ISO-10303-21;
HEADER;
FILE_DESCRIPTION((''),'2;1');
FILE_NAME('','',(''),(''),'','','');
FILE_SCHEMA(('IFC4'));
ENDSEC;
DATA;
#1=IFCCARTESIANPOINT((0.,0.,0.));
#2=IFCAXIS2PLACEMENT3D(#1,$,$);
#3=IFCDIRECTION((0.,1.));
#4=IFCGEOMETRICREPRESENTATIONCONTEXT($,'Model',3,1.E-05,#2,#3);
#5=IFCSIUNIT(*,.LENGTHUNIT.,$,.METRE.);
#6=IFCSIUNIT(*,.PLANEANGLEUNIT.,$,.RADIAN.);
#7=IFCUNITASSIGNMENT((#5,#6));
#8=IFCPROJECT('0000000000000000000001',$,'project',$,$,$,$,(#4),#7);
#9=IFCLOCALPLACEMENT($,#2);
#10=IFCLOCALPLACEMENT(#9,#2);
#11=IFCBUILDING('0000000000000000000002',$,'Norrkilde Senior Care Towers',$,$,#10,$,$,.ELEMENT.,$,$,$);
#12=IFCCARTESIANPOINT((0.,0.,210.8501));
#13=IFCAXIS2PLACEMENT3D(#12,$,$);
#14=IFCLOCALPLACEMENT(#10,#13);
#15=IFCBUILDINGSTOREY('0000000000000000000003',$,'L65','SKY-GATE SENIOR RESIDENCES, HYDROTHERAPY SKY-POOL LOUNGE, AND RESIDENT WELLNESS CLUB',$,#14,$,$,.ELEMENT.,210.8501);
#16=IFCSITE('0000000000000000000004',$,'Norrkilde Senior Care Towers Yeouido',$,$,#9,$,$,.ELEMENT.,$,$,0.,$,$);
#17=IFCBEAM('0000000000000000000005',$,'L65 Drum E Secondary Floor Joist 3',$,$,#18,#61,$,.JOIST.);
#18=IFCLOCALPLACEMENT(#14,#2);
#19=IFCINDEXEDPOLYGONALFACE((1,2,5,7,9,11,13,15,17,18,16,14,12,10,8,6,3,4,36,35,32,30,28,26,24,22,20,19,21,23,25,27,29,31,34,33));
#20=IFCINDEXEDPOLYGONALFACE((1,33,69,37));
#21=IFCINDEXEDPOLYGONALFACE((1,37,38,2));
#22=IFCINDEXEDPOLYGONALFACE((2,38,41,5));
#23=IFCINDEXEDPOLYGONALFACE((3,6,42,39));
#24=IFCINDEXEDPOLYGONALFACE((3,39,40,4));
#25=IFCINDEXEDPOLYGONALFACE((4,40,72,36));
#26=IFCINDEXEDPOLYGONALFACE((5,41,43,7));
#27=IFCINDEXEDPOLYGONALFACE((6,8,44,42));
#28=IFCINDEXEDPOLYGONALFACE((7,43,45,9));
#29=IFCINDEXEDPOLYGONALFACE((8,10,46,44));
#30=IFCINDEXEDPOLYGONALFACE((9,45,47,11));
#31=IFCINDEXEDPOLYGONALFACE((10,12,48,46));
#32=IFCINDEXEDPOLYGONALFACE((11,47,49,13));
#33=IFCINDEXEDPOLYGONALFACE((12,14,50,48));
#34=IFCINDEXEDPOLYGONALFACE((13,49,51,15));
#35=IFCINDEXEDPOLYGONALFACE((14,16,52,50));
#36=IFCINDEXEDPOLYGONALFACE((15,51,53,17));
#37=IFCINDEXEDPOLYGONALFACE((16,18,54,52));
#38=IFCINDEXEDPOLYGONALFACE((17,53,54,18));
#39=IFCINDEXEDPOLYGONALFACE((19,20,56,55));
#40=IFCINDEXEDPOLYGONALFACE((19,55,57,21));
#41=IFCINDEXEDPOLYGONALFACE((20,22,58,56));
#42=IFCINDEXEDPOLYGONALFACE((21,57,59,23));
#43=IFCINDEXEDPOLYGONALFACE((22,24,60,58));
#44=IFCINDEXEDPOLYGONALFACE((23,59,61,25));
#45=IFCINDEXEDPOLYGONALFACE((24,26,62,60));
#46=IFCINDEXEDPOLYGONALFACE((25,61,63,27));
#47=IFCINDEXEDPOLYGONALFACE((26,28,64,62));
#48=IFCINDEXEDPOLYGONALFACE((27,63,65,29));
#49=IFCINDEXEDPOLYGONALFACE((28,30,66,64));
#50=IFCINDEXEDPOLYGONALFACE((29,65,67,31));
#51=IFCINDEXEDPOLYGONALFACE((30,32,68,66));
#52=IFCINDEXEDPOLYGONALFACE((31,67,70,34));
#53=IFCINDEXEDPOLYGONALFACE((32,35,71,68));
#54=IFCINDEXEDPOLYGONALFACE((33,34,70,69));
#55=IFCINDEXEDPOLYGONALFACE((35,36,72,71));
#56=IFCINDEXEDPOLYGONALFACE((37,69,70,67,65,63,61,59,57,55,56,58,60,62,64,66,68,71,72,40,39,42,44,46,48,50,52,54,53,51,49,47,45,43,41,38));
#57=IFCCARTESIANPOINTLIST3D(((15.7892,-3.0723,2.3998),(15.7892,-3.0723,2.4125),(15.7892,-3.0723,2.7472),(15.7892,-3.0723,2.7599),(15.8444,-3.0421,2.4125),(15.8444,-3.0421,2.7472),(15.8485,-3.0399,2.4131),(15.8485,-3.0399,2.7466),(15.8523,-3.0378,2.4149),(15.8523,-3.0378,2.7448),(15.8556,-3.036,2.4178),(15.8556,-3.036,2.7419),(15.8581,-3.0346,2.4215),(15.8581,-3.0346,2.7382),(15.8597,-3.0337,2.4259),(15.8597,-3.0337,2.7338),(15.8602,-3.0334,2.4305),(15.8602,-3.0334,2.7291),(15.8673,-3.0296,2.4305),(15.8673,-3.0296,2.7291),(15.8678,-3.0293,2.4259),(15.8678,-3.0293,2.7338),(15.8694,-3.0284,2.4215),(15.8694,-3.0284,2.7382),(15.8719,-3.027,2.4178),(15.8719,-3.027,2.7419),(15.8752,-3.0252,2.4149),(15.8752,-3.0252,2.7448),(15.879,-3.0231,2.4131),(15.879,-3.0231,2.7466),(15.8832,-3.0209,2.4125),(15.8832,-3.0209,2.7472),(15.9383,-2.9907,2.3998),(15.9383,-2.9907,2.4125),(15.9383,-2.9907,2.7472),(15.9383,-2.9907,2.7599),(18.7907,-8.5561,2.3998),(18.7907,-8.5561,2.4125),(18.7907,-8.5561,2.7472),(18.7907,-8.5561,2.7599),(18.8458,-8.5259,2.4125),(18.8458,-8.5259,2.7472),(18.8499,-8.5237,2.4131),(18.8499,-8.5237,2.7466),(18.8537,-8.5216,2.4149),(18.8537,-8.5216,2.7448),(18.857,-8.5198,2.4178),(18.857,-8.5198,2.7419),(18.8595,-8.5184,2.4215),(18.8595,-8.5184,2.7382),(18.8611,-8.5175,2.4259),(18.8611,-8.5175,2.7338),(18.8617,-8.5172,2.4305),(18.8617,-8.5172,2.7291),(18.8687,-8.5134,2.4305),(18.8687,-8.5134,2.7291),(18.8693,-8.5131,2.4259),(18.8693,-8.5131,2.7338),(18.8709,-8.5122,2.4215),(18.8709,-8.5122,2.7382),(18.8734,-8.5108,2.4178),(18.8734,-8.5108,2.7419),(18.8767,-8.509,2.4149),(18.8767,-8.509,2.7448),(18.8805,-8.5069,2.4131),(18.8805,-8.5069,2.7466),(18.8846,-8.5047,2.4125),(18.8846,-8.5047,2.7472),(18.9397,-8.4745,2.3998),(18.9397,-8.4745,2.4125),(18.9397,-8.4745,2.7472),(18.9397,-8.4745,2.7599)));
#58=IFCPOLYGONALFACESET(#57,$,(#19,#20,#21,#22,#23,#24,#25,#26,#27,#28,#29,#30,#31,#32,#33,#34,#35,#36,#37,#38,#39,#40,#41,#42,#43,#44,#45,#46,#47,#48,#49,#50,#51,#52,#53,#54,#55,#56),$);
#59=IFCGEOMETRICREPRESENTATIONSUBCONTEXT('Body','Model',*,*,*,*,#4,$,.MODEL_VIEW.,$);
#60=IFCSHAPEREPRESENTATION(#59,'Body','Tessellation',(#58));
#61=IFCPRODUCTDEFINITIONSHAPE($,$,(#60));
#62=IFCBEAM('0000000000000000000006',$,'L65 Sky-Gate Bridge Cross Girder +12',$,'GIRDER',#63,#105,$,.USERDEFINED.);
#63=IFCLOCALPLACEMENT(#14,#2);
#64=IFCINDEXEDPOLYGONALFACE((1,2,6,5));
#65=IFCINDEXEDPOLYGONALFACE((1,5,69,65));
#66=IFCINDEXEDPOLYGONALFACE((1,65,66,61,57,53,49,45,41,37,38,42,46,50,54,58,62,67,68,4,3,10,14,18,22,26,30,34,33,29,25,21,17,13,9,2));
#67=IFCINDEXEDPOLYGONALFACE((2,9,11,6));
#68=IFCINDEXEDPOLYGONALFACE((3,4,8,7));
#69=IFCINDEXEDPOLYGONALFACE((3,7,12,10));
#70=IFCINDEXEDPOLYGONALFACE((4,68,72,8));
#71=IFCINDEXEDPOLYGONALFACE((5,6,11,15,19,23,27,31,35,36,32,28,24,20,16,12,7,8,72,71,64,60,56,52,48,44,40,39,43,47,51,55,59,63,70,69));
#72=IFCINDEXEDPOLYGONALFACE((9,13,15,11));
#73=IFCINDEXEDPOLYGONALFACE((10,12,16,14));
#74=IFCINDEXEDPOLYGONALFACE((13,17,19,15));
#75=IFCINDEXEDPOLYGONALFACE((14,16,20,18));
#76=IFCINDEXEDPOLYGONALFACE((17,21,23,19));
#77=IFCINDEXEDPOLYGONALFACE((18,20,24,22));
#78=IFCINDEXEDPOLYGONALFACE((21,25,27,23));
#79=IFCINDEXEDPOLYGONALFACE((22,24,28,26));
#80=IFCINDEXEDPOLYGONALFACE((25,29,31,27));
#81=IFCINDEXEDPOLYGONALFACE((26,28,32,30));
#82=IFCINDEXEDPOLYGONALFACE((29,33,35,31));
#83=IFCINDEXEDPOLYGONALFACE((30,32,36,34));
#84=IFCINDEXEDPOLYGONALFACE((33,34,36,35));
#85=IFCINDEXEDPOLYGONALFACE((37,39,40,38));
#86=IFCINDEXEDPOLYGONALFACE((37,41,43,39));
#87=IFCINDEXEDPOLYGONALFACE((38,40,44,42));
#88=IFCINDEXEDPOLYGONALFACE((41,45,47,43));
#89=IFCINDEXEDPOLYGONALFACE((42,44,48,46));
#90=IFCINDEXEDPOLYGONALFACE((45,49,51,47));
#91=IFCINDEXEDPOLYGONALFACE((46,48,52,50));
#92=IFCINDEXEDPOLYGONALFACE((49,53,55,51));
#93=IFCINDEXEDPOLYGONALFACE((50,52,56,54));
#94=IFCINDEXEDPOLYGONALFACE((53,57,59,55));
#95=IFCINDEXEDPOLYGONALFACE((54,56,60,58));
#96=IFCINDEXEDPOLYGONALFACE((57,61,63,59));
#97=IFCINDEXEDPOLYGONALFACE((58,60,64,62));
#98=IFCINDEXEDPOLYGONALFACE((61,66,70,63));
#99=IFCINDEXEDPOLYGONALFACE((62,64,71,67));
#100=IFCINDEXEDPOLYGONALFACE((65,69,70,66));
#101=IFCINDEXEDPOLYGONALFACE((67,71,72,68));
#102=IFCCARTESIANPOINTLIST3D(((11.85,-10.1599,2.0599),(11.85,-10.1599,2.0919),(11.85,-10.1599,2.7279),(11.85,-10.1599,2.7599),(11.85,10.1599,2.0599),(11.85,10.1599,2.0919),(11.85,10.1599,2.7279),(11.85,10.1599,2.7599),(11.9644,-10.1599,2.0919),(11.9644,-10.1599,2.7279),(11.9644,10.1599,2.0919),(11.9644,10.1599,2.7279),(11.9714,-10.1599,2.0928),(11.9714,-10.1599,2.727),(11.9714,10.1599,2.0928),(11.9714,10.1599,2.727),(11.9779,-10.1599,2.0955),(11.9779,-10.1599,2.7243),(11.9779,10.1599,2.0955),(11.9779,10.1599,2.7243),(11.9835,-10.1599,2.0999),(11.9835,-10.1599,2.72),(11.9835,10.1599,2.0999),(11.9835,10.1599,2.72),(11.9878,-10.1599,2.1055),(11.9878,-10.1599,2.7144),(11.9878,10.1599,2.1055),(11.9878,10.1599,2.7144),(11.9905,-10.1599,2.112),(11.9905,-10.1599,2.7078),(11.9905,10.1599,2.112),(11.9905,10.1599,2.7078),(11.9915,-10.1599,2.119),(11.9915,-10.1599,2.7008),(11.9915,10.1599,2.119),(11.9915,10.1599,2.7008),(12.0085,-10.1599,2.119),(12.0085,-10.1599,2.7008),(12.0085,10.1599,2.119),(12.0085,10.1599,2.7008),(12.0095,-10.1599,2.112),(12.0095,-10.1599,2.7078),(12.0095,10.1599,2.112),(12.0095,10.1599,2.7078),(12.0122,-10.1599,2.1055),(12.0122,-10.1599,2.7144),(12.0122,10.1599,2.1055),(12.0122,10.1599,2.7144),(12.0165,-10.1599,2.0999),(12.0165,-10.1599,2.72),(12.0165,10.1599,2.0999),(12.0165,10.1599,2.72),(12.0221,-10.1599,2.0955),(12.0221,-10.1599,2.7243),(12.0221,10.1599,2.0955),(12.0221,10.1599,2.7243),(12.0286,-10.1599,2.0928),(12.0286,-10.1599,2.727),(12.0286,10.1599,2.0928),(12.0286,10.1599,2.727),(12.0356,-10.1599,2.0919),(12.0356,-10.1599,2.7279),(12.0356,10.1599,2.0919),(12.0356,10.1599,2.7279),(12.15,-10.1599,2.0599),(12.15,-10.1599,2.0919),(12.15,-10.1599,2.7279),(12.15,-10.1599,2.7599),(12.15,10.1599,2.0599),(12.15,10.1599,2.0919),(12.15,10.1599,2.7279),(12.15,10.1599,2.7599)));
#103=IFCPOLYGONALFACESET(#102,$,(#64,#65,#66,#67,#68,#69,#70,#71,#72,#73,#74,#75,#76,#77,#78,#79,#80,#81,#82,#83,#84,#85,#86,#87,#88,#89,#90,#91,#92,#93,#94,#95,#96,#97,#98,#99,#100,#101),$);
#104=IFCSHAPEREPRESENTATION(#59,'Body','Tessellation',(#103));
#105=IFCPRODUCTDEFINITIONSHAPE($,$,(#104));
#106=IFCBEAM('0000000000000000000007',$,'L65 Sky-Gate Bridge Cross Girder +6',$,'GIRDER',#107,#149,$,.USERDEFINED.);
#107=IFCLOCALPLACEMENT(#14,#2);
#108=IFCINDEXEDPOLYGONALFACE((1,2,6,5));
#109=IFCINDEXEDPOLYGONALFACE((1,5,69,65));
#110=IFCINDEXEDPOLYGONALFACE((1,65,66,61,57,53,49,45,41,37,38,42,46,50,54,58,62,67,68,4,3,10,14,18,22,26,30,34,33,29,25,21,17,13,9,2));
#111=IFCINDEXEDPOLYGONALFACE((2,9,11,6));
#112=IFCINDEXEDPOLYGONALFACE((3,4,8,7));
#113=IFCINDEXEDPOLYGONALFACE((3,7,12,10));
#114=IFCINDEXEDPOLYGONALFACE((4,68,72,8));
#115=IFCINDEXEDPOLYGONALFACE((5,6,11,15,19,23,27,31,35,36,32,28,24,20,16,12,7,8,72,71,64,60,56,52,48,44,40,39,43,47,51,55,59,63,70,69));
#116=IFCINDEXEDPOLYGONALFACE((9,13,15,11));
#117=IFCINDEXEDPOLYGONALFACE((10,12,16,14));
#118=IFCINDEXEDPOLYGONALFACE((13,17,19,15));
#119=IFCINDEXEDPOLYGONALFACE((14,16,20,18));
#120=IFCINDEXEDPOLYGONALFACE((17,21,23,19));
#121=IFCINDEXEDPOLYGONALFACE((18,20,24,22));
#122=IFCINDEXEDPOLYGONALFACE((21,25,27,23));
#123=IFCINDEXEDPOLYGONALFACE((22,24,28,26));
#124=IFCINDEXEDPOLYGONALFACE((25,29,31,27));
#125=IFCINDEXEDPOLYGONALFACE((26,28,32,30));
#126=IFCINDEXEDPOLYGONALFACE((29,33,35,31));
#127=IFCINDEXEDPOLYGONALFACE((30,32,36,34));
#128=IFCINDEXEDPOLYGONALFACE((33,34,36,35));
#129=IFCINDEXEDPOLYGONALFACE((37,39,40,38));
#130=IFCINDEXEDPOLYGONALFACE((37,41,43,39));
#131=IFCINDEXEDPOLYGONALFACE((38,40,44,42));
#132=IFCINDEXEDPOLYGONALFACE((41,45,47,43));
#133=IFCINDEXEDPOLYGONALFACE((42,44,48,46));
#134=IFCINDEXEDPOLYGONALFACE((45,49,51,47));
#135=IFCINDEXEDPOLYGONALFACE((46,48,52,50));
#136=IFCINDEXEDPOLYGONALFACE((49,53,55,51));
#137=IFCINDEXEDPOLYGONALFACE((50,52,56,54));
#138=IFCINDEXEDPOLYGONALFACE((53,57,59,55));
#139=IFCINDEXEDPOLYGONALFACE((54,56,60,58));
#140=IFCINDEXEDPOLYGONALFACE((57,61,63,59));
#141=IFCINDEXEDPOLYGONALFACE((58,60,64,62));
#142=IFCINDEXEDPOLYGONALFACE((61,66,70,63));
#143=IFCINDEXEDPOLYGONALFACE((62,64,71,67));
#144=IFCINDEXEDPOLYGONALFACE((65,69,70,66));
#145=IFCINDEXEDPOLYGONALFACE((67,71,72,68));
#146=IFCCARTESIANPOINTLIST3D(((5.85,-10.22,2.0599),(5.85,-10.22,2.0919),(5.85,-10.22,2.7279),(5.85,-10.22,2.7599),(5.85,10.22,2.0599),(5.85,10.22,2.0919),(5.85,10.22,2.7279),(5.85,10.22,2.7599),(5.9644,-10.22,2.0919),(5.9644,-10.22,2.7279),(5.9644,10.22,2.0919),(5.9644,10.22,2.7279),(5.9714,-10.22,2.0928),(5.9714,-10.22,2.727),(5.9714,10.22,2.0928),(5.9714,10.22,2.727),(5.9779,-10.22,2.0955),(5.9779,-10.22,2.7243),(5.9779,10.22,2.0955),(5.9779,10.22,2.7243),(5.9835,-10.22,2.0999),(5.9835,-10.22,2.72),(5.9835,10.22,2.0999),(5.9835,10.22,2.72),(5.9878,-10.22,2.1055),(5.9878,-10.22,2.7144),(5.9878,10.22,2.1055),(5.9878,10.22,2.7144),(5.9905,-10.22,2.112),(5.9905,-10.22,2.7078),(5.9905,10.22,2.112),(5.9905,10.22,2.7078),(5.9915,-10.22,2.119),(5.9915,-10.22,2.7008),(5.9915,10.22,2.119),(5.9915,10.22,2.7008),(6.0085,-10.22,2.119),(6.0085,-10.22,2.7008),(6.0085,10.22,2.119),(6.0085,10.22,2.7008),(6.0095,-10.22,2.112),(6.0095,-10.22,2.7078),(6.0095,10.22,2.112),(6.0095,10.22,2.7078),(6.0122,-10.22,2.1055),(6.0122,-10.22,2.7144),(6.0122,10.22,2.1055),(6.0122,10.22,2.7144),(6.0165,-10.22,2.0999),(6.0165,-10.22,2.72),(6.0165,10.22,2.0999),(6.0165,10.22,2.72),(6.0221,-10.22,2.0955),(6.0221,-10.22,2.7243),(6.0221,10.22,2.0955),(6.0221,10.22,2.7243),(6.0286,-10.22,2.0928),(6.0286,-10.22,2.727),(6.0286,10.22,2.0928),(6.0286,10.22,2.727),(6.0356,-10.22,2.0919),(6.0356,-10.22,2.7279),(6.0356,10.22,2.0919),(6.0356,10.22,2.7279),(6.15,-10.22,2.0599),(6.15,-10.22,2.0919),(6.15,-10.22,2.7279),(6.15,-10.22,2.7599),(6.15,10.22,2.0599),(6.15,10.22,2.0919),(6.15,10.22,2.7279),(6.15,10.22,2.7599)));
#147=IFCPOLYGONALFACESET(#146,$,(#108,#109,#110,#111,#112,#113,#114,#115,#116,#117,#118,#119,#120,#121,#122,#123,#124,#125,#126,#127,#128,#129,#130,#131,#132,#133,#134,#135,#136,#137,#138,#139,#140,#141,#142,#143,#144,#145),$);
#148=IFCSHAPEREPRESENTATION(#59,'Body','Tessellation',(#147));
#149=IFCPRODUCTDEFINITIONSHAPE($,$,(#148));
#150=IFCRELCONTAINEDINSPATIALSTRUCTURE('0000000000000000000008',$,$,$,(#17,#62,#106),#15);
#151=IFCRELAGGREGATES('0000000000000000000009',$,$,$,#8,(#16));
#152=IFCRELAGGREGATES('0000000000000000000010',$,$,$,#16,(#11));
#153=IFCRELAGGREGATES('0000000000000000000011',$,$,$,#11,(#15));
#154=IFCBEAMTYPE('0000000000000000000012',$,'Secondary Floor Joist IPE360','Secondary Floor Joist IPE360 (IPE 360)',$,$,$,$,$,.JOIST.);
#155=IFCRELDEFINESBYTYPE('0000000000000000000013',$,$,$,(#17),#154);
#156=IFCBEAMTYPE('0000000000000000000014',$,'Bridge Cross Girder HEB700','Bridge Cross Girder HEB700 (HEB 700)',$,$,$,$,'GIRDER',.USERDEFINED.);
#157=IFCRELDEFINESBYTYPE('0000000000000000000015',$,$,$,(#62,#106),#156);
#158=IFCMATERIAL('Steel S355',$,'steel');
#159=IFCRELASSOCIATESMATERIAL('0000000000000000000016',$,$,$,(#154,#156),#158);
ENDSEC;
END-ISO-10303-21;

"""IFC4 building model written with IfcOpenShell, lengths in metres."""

from ifc_helpers import new_model, si_unit, direction, frame, origin, origin_2d, place, context, subcontext, project, spatial, i_section, extrude, source, transform, mapped, material, material_profile, profile_set, type_object, type_shapes, element, save


model = new_model("IFC4")

# Units and contexts
model_context = context("Model", 3, precision=1e-05, world=origin(), true_north=direction((0.0, 1.0)))
body_context = subcontext(model_context, "Body", "Model", "MODEL_VIEW")
ifc_project = project(units=[si_unit("LENGTHUNIT", "METRE"), si_unit("PLANEANGLEUNIT", "RADIAN")], contexts=[model_context])

# Site, building, storey
site_placement = place(None, origin())
site = spatial("IfcSite", under=ifc_project, at=site_placement, Name="Norrkilde Senior Care Towers Yeouido", CompositionType="ELEMENT", RefElevation=0.0)
building_placement = place(site_placement, origin())
building = spatial("IfcBuilding", under=site, at=building_placement, Name="Norrkilde Senior Care Towers", CompositionType="ELEMENT")
storey_placement = place(building_placement, frame((0.0, 0.0, 210.8501)))
storey = spatial("IfcBuildingStorey", under=building, at=storey_placement, Name="L65", Description="SKY-GATE SENIOR RESIDENCES, HYDROTHERAPY SKY-POOL LOUNGE, AND RESIDENT WELLNESS CLUB", CompositionType="ELEMENT", Elevation=210.8501)

# Shared definitions
ifc_material_1 = material(Name="Steel S355", Category="steel")

# Beams
ifc_material_profile_1 = material_profile(ifc_material_1, i_section(OverallWidth=0.1699, OverallDepth=0.3601, WebThickness=0.0081, FlangeThickness=0.0127, FilletRadius=0.0181, at=origin_2d()), Name="IPE 360")
ifc_profile_set_1 = profile_set([ifc_material_profile_1], Name="Steel S355")
beam_type_1 = type_object("IfcBeamType", Name="Secondary Floor Joist IPE360", Description="Secondary Floor Joist IPE360 (IPE 360)", PredefinedType="JOIST", material=ifc_profile_set_1)
shared_shape_1 = source(origin(), body_context, "Body", "SweptSolid", [
    extrude(i_section(OverallWidth=0.1699, OverallDepth=0.3601, WebThickness=0.0081, FlangeThickness=0.0127, FilletRadius=0.0181, at=origin_2d()), origin(), (0.0, 0.0, 1.0), 6.2515),
])
type_shapes(beam_type_1, [shared_shape_1])
beam_1_placement = place(storey_placement, frame((15.8638, -3.0315, 2.5798), z_axis=(0.480116, -0.877205, 0.0), x_axis=(0.877205, 0.480116, 0.0)))
element("IfcBeam", 1, at=beam_1_placement, inside=storey, type_object=beam_type_1, Name="L65 Drum E Secondary Floor Joist 3", PredefinedType="JOIST", context=body_context, shape_type="MappedRepresentation", body=[
    mapped(shared_shape_1, transform((0.0, 0.0, 0.0), x_axis=(1.0, 0.0, 0.0), y_axis=(0.0, 1.0, 0.0), z_axis=(0.0, 0.0, 1.0), scale=1.0)),
])
ifc_material_profile_2 = material_profile(ifc_material_1, i_section(OverallWidth=0.3, OverallDepth=0.7, WebThickness=0.0171, FlangeThickness=0.032, FilletRadius=0.0271, at=origin_2d()), Name="HEB 700")
ifc_profile_set_2 = profile_set([ifc_material_profile_2], Name="Steel S355")
beam_type_2 = type_object("IfcBeamType", Name="Bridge Cross Girder HEB700", Description="Bridge Cross Girder HEB700 (HEB 700)", ElementType="GIRDER", PredefinedType="USERDEFINED", material=ifc_profile_set_2)
shared_shape_2 = source(origin(), body_context, "Body", "SweptSolid", [
    extrude(i_section(OverallWidth=0.3, OverallDepth=0.7, WebThickness=0.0171, FlangeThickness=0.032, FilletRadius=0.0271, at=origin_2d()), origin(), (0.0, 0.0, 1.0), 20.3198),
])
beam_2_placement = place(storey_placement, frame((12.0, -10.1599, 2.4099), z_axis=(0.0, 1.0, 0.0), x_axis=(-1.0, 0.0, 0.0)))
element("IfcBeam", 2, at=beam_2_placement, inside=storey, type_object=beam_type_2, Name="L65 Sky-Gate Bridge Cross Girder +12", ObjectType="GIRDER", PredefinedType="USERDEFINED", context=body_context, shape_type="MappedRepresentation", body=[
    mapped(shared_shape_2, transform((0.0, 0.0, 0.0), x_axis=(1.0, 0.0, 0.0), y_axis=(0.0, 1.0, 0.0), z_axis=(0.0, 0.0, 1.0), scale=1.0)),
])
shared_shape_3 = source(origin(), body_context, "Body", "SweptSolid", [
    extrude(i_section(OverallWidth=0.3, OverallDepth=0.7, WebThickness=0.0171, FlangeThickness=0.032, FilletRadius=0.0271, at=origin_2d()), origin(), (0.0, 0.0, 1.0), 20.4399),
])
type_shapes(beam_type_2, [shared_shape_2, shared_shape_3])
beam_3_placement = place(storey_placement, frame((6.0, -10.22, 2.4099), z_axis=(0.0, 1.0, 0.0), x_axis=(-1.0, 0.0, 0.0)))
element("IfcBeam", 3, at=beam_3_placement, inside=storey, type_object=beam_type_2, Name="L65 Sky-Gate Bridge Cross Girder +6", ObjectType="GIRDER", PredefinedType="USERDEFINED", context=body_context, shape_type="MappedRepresentation", body=[
    mapped(shared_shape_3, transform((0.0, 0.0, 0.0), x_axis=(1.0, 0.0, 0.0), y_axis=(0.0, 1.0, 0.0), z_axis=(0.0, 0.0, 1.0), scale=1.0)),
])

save(model, "model.ifc")
